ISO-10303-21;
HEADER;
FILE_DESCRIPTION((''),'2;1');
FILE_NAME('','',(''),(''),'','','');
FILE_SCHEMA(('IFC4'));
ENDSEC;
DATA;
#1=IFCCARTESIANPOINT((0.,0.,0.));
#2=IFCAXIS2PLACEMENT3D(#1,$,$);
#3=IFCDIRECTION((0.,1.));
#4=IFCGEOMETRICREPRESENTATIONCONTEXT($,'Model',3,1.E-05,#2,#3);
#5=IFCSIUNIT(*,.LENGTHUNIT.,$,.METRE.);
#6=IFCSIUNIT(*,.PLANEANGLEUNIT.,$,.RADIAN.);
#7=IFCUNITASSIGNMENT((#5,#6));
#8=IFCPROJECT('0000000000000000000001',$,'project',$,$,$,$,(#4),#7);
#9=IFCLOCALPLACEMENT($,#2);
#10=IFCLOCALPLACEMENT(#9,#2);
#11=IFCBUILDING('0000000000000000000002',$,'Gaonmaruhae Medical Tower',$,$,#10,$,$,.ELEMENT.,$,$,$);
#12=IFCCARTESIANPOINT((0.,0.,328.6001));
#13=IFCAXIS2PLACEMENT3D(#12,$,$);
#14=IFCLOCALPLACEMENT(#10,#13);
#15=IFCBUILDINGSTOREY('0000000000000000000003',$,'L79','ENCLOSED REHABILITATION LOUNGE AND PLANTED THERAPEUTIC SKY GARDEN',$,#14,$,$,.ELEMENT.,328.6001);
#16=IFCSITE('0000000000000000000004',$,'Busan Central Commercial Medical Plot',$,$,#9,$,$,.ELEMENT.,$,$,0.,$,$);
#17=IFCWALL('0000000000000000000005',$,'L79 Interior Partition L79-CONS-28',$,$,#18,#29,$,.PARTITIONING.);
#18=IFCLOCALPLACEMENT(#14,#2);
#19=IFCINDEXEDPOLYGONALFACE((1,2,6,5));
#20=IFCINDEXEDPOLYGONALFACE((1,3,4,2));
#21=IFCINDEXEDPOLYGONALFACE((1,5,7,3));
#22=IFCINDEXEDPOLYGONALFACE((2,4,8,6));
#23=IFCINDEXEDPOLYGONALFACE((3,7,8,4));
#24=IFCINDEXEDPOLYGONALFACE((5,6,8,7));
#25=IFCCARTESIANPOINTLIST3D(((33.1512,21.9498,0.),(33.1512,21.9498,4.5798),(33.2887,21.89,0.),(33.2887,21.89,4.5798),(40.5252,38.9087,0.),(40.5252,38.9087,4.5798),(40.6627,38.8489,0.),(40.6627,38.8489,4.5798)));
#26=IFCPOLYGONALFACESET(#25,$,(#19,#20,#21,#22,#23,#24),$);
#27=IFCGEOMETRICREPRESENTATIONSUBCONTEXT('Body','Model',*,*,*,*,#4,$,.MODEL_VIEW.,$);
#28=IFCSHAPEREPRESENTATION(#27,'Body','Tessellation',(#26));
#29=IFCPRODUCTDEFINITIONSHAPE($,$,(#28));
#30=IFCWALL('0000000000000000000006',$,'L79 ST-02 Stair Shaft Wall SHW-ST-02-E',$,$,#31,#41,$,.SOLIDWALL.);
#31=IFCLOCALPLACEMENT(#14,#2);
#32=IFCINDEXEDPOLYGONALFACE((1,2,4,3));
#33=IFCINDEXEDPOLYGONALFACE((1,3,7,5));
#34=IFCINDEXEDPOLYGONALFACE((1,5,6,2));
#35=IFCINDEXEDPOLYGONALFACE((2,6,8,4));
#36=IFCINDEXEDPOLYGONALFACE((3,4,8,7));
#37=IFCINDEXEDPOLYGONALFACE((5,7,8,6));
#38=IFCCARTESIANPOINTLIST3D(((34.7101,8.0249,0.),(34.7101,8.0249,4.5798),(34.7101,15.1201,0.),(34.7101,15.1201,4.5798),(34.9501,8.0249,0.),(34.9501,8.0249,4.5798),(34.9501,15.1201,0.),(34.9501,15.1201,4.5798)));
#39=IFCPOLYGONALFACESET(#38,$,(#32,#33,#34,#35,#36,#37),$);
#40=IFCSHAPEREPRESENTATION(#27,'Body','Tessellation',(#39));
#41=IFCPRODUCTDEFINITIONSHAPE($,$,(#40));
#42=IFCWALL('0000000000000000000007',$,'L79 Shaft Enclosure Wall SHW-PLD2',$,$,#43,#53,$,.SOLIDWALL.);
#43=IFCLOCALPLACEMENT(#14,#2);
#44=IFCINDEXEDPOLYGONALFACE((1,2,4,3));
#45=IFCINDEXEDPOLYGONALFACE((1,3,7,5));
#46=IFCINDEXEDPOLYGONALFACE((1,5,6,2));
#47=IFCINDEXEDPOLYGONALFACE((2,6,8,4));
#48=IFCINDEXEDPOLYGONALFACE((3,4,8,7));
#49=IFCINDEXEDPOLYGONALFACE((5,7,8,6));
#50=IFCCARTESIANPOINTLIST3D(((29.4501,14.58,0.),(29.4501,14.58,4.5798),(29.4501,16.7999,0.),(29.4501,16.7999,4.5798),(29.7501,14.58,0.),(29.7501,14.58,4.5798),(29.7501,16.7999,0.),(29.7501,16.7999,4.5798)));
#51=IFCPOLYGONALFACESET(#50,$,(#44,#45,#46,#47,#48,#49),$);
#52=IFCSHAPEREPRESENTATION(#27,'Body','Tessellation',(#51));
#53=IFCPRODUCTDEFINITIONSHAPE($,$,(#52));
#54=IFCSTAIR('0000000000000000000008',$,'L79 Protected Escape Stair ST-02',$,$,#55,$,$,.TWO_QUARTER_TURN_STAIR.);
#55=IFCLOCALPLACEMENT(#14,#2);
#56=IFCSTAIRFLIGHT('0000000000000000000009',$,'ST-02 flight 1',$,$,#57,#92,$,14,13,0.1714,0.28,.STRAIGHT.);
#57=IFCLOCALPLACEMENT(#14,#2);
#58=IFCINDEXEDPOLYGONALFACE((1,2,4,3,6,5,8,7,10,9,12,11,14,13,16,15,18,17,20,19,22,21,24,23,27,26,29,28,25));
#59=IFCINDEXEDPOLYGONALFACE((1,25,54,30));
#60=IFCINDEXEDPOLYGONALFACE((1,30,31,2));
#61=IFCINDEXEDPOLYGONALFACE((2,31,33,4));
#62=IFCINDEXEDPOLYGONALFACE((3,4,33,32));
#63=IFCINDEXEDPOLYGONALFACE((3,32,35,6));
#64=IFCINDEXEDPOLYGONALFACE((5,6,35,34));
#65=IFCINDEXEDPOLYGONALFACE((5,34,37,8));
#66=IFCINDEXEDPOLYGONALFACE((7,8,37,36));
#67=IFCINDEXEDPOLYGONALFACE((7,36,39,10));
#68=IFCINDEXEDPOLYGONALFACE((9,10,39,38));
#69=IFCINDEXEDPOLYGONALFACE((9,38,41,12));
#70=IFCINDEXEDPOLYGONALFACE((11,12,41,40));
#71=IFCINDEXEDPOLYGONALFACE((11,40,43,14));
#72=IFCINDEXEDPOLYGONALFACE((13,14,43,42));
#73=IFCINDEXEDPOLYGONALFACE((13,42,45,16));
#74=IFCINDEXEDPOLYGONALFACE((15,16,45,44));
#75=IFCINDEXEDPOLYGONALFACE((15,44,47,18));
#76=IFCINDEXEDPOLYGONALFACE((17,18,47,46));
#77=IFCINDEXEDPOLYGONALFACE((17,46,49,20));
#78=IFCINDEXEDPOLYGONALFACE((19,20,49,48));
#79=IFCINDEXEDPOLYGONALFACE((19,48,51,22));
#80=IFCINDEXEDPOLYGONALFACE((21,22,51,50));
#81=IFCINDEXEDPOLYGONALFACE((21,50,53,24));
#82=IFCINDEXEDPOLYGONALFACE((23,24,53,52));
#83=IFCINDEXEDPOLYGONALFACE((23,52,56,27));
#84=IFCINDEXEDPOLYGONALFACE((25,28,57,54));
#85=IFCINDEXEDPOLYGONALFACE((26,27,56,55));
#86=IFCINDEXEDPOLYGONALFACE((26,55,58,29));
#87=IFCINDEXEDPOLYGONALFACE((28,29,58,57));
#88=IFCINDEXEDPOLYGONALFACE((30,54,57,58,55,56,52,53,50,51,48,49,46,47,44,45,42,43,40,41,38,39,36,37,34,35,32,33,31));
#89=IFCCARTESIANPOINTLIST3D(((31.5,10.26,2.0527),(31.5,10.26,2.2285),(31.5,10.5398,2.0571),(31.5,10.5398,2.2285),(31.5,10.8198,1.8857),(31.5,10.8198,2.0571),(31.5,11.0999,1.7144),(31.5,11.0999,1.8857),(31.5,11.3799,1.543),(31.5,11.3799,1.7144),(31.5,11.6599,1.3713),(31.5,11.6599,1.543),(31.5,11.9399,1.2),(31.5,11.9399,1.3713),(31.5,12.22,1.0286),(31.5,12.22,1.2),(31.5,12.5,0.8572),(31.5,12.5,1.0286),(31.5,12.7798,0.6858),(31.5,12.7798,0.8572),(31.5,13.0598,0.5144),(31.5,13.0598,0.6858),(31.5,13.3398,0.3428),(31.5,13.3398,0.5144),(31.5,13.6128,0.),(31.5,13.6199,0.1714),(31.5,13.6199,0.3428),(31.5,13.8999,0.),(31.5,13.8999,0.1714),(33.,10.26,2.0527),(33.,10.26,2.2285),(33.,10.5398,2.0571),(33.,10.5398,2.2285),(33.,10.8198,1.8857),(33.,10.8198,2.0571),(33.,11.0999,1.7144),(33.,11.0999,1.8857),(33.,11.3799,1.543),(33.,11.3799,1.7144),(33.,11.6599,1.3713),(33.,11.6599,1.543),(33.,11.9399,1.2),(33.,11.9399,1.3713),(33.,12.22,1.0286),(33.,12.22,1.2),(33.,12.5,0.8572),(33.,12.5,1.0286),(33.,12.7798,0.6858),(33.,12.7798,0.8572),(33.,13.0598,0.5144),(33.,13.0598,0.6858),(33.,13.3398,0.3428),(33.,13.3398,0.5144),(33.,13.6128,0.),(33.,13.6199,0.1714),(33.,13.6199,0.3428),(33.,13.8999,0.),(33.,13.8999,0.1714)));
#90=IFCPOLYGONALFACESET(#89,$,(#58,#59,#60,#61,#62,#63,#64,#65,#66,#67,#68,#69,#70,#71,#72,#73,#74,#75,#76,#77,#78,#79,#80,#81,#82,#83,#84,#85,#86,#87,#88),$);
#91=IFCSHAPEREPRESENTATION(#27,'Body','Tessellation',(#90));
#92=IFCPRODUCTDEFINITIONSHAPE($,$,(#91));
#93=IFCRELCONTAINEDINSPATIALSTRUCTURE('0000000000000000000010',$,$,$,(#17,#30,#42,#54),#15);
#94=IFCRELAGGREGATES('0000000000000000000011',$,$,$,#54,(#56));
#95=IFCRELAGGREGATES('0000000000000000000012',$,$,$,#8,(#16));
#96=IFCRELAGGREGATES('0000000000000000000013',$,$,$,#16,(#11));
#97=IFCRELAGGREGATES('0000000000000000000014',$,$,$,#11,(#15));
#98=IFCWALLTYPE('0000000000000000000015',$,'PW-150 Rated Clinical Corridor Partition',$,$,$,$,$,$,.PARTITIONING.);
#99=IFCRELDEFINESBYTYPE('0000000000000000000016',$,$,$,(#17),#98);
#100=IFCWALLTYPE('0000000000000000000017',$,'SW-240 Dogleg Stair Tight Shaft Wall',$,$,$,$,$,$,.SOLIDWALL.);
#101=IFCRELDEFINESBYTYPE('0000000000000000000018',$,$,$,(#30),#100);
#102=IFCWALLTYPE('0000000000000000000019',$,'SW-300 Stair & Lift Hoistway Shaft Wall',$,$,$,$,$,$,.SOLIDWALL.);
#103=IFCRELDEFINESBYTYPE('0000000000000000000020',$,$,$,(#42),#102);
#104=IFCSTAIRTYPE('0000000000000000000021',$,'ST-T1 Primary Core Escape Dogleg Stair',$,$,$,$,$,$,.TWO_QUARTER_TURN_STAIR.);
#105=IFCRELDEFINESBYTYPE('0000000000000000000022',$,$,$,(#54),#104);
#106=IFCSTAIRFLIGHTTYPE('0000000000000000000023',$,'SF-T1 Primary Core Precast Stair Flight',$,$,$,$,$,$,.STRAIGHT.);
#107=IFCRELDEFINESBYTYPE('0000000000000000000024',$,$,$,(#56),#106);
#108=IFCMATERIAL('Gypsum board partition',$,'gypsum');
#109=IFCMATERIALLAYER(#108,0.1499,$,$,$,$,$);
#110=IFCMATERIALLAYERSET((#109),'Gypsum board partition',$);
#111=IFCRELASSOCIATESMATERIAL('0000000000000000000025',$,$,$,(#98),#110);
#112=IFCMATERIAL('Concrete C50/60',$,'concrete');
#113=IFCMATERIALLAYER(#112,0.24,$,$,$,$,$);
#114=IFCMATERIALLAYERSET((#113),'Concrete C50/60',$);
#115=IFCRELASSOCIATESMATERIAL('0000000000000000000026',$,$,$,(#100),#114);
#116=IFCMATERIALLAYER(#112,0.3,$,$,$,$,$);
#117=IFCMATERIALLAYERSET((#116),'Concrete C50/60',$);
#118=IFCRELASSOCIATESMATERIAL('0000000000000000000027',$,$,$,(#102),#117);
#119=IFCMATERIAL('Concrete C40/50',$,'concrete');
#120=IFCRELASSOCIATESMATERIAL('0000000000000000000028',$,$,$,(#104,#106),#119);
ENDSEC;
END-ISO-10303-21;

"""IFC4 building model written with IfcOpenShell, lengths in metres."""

from ifc_helpers import new_model, si_unit, direction, frame, frame_2d, origin, place, context, subcontext, project, spatial, polyline, rectangle, outline, extrude, material, layer, layer_set, type_object, element, aggregate, save


model = new_model("IFC4")

# Units and contexts
model_context = context("Model", 3, precision=1e-05, world=origin(), true_north=direction((0.0, 1.0)))
body_context = subcontext(model_context, "Body", "Model", "MODEL_VIEW")
ifc_project = project(units=[si_unit("LENGTHUNIT", "METRE"), si_unit("PLANEANGLEUNIT", "RADIAN")], contexts=[model_context])

# Site, building, storey
site_placement = place(None, origin())
site = spatial("IfcSite", under=ifc_project, at=site_placement, Name="Busan Central Commercial Medical Plot", CompositionType="ELEMENT", RefElevation=0.0)
building_placement = place(site_placement, origin())
building = spatial("IfcBuilding", under=site, at=building_placement, Name="Gaonmaruhae Medical Tower", CompositionType="ELEMENT")
storey_placement = place(building_placement, frame((0.0, 0.0, 328.6001)))
storey = spatial("IfcBuildingStorey", under=building, at=storey_placement, Name="L79", Description="ENCLOSED REHABILITATION LOUNGE AND PLANTED THERAPEUTIC SKY GARDEN", CompositionType="ELEMENT", Elevation=328.6001)

# Shared definitions
ifc_material_1 = material(Name="Concrete C50/60", Category="concrete")

# Wall
ifc_material_2 = material(Name="Gypsum board partition", Category="gypsum")
ifc_layer_1 = layer(ifc_material_2, 0.1499)
ifc_layer_set_1 = layer_set([ifc_layer_1], Name="Gypsum board partition")
wall_type_1 = type_object("IfcWallType", Name="PW-150 Rated Clinical Corridor Partition", PredefinedType="PARTITIONING", material=ifc_layer_set_1)
wall_1_placement = place(storey_placement, frame((33.22, 21.9199, 0.0), z_axis=(0.0, 0.0, 1.0), x_axis=(0.398751, 0.917059, 0.0)))
element("IfcWall", 1, at=wall_1_placement, inside=storey, type_object=wall_type_1, Name="L79 Interior Partition L79-CONS-28", PredefinedType="PARTITIONING", context=body_context, shape_type="SweptSolid", body=[
    extrude(rectangle(XDim=18.4927, YDim=0.1499, at=frame_2d((9.2463, 0.0))), origin(), (0.0, 0.0, 1.0), 4.5798),
])

# Shared definitions
ifc_layer_2 = layer(ifc_material_1, 0.24)
ifc_layer_set_2 = layer_set([ifc_layer_2], Name="Concrete C50/60")
wall_type_2 = type_object("IfcWallType", Name="SW-240 Dogleg Stair Tight Shaft Wall", PredefinedType="SOLIDWALL", material=ifc_layer_set_2)

# Walls
wall_2_placement = place(storey_placement, frame((34.8301, 15.1201, 0.0), z_axis=(0.0, 0.0, 1.0), x_axis=(0.0, -1.0, 0.0)))
element("IfcWall", 2, at=wall_2_placement, inside=storey, type_object=wall_type_2, Name="L79 ST-02 Stair Shaft Wall SHW-ST-02-E", PredefinedType="SOLIDWALL", context=body_context, shape_type="SweptSolid", body=[
    extrude(rectangle(XDim=7.0952, YDim=0.24, at=frame_2d((3.5476, 0.0))), origin(), (0.0, 0.0, 1.0), 4.5798),
])
ifc_layer_3 = layer(ifc_material_1, 0.3)
ifc_layer_set_3 = layer_set([ifc_layer_3], Name="Concrete C50/60")
wall_type_3 = type_object("IfcWallType", Name="SW-300 Stair & Lift Hoistway Shaft Wall", PredefinedType="SOLIDWALL", material=ifc_layer_set_3)
wall_3_placement = place(storey_placement, frame((29.6001, 14.5801, 0.0), z_axis=(0.0, 0.0, 1.0), x_axis=(0.0, 1.0, 0.0)))
element("IfcWall", 3, at=wall_3_placement, inside=storey, type_object=wall_type_3, Name="L79 Shaft Enclosure Wall SHW-PLD2", PredefinedType="SOLIDWALL", context=body_context, shape_type="SweptSolid", body=[
    extrude(rectangle(XDim=2.22, YDim=0.3, at=frame_2d((1.1099, 0.0))), origin(), (0.0, 0.0, 1.0), 4.5798),
])

# Stair, stair flight
ifc_material_3 = material(Name="Concrete C40/50", Category="concrete")
stair_type = type_object("IfcStairType", Name="ST-T1 Primary Core Escape Dogleg Stair", PredefinedType="TWO_QUARTER_TURN_STAIR", material=ifc_material_3)
stair_placement = place(storey_placement, origin())
stair = element("IfcStair", 4, at=stair_placement, inside=storey, type_object=stair_type, Name="L79 Protected Escape Stair ST-02", PredefinedType="TWO_QUARTER_TURN_STAIR")
stair_flight_type = type_object("IfcStairFlightType", Name="SF-T1 Primary Core Precast Stair Flight", PredefinedType="STRAIGHT", material=ifc_material_3)
stair_flight_placement = place(storey_placement, frame((32.25, 13.8999, 0.0), z_axis=(0.0, 0.0, 1.0), x_axis=(0.0, -1.0, 0.0)))
stair_flight = element("IfcStairFlight", 5, at=stair_flight_placement, type_object=stair_flight_type, Name="ST-02 flight 1", NumberOfRisers=14, NumberOfTreads=13, PredefinedType="STRAIGHT", RiserHeight=0.1714, TreadLength=0.28, context=body_context, shape_type="SweptSolid", body=[
    extrude(outline(polyline([(0.0, 0.0), (0.0, 0.1714), (0.28, 0.1714), (0.28, 0.3428), (0.5601, 0.3428), (0.5601, 0.5144), (0.8401, 0.5144), (0.8401, 0.6858), (1.1201, 0.6858), (1.1201, 0.8572), (1.3999, 0.8572), (1.3999, 1.0286), (1.6799, 1.0286), (1.6799, 1.2), (1.96, 1.2), (1.96, 1.3713), (2.24, 1.3713), (2.24, 1.543), (2.52, 1.543), (2.52, 1.7144), (2.8, 1.7144), (2.8, 1.8857), (3.0801, 1.8857), (3.0801, 2.0571), (3.3601, 2.0571), (3.3601, 2.2285), (3.6399, 2.2285), (3.6399, 2.3999), (3.6399, 2.0527), (0.2871, 0.0), (0.0, 0.0)])), frame((0.0, 0.75, 0.0), z_axis=(0.0, -1.0, 0.0), x_axis=(1.0, 0.0, 0.0)), (0.0, 0.0, 1.0), 1.5),
])
aggregate(stair, [stair_flight])

save(model, "model.ifc")
